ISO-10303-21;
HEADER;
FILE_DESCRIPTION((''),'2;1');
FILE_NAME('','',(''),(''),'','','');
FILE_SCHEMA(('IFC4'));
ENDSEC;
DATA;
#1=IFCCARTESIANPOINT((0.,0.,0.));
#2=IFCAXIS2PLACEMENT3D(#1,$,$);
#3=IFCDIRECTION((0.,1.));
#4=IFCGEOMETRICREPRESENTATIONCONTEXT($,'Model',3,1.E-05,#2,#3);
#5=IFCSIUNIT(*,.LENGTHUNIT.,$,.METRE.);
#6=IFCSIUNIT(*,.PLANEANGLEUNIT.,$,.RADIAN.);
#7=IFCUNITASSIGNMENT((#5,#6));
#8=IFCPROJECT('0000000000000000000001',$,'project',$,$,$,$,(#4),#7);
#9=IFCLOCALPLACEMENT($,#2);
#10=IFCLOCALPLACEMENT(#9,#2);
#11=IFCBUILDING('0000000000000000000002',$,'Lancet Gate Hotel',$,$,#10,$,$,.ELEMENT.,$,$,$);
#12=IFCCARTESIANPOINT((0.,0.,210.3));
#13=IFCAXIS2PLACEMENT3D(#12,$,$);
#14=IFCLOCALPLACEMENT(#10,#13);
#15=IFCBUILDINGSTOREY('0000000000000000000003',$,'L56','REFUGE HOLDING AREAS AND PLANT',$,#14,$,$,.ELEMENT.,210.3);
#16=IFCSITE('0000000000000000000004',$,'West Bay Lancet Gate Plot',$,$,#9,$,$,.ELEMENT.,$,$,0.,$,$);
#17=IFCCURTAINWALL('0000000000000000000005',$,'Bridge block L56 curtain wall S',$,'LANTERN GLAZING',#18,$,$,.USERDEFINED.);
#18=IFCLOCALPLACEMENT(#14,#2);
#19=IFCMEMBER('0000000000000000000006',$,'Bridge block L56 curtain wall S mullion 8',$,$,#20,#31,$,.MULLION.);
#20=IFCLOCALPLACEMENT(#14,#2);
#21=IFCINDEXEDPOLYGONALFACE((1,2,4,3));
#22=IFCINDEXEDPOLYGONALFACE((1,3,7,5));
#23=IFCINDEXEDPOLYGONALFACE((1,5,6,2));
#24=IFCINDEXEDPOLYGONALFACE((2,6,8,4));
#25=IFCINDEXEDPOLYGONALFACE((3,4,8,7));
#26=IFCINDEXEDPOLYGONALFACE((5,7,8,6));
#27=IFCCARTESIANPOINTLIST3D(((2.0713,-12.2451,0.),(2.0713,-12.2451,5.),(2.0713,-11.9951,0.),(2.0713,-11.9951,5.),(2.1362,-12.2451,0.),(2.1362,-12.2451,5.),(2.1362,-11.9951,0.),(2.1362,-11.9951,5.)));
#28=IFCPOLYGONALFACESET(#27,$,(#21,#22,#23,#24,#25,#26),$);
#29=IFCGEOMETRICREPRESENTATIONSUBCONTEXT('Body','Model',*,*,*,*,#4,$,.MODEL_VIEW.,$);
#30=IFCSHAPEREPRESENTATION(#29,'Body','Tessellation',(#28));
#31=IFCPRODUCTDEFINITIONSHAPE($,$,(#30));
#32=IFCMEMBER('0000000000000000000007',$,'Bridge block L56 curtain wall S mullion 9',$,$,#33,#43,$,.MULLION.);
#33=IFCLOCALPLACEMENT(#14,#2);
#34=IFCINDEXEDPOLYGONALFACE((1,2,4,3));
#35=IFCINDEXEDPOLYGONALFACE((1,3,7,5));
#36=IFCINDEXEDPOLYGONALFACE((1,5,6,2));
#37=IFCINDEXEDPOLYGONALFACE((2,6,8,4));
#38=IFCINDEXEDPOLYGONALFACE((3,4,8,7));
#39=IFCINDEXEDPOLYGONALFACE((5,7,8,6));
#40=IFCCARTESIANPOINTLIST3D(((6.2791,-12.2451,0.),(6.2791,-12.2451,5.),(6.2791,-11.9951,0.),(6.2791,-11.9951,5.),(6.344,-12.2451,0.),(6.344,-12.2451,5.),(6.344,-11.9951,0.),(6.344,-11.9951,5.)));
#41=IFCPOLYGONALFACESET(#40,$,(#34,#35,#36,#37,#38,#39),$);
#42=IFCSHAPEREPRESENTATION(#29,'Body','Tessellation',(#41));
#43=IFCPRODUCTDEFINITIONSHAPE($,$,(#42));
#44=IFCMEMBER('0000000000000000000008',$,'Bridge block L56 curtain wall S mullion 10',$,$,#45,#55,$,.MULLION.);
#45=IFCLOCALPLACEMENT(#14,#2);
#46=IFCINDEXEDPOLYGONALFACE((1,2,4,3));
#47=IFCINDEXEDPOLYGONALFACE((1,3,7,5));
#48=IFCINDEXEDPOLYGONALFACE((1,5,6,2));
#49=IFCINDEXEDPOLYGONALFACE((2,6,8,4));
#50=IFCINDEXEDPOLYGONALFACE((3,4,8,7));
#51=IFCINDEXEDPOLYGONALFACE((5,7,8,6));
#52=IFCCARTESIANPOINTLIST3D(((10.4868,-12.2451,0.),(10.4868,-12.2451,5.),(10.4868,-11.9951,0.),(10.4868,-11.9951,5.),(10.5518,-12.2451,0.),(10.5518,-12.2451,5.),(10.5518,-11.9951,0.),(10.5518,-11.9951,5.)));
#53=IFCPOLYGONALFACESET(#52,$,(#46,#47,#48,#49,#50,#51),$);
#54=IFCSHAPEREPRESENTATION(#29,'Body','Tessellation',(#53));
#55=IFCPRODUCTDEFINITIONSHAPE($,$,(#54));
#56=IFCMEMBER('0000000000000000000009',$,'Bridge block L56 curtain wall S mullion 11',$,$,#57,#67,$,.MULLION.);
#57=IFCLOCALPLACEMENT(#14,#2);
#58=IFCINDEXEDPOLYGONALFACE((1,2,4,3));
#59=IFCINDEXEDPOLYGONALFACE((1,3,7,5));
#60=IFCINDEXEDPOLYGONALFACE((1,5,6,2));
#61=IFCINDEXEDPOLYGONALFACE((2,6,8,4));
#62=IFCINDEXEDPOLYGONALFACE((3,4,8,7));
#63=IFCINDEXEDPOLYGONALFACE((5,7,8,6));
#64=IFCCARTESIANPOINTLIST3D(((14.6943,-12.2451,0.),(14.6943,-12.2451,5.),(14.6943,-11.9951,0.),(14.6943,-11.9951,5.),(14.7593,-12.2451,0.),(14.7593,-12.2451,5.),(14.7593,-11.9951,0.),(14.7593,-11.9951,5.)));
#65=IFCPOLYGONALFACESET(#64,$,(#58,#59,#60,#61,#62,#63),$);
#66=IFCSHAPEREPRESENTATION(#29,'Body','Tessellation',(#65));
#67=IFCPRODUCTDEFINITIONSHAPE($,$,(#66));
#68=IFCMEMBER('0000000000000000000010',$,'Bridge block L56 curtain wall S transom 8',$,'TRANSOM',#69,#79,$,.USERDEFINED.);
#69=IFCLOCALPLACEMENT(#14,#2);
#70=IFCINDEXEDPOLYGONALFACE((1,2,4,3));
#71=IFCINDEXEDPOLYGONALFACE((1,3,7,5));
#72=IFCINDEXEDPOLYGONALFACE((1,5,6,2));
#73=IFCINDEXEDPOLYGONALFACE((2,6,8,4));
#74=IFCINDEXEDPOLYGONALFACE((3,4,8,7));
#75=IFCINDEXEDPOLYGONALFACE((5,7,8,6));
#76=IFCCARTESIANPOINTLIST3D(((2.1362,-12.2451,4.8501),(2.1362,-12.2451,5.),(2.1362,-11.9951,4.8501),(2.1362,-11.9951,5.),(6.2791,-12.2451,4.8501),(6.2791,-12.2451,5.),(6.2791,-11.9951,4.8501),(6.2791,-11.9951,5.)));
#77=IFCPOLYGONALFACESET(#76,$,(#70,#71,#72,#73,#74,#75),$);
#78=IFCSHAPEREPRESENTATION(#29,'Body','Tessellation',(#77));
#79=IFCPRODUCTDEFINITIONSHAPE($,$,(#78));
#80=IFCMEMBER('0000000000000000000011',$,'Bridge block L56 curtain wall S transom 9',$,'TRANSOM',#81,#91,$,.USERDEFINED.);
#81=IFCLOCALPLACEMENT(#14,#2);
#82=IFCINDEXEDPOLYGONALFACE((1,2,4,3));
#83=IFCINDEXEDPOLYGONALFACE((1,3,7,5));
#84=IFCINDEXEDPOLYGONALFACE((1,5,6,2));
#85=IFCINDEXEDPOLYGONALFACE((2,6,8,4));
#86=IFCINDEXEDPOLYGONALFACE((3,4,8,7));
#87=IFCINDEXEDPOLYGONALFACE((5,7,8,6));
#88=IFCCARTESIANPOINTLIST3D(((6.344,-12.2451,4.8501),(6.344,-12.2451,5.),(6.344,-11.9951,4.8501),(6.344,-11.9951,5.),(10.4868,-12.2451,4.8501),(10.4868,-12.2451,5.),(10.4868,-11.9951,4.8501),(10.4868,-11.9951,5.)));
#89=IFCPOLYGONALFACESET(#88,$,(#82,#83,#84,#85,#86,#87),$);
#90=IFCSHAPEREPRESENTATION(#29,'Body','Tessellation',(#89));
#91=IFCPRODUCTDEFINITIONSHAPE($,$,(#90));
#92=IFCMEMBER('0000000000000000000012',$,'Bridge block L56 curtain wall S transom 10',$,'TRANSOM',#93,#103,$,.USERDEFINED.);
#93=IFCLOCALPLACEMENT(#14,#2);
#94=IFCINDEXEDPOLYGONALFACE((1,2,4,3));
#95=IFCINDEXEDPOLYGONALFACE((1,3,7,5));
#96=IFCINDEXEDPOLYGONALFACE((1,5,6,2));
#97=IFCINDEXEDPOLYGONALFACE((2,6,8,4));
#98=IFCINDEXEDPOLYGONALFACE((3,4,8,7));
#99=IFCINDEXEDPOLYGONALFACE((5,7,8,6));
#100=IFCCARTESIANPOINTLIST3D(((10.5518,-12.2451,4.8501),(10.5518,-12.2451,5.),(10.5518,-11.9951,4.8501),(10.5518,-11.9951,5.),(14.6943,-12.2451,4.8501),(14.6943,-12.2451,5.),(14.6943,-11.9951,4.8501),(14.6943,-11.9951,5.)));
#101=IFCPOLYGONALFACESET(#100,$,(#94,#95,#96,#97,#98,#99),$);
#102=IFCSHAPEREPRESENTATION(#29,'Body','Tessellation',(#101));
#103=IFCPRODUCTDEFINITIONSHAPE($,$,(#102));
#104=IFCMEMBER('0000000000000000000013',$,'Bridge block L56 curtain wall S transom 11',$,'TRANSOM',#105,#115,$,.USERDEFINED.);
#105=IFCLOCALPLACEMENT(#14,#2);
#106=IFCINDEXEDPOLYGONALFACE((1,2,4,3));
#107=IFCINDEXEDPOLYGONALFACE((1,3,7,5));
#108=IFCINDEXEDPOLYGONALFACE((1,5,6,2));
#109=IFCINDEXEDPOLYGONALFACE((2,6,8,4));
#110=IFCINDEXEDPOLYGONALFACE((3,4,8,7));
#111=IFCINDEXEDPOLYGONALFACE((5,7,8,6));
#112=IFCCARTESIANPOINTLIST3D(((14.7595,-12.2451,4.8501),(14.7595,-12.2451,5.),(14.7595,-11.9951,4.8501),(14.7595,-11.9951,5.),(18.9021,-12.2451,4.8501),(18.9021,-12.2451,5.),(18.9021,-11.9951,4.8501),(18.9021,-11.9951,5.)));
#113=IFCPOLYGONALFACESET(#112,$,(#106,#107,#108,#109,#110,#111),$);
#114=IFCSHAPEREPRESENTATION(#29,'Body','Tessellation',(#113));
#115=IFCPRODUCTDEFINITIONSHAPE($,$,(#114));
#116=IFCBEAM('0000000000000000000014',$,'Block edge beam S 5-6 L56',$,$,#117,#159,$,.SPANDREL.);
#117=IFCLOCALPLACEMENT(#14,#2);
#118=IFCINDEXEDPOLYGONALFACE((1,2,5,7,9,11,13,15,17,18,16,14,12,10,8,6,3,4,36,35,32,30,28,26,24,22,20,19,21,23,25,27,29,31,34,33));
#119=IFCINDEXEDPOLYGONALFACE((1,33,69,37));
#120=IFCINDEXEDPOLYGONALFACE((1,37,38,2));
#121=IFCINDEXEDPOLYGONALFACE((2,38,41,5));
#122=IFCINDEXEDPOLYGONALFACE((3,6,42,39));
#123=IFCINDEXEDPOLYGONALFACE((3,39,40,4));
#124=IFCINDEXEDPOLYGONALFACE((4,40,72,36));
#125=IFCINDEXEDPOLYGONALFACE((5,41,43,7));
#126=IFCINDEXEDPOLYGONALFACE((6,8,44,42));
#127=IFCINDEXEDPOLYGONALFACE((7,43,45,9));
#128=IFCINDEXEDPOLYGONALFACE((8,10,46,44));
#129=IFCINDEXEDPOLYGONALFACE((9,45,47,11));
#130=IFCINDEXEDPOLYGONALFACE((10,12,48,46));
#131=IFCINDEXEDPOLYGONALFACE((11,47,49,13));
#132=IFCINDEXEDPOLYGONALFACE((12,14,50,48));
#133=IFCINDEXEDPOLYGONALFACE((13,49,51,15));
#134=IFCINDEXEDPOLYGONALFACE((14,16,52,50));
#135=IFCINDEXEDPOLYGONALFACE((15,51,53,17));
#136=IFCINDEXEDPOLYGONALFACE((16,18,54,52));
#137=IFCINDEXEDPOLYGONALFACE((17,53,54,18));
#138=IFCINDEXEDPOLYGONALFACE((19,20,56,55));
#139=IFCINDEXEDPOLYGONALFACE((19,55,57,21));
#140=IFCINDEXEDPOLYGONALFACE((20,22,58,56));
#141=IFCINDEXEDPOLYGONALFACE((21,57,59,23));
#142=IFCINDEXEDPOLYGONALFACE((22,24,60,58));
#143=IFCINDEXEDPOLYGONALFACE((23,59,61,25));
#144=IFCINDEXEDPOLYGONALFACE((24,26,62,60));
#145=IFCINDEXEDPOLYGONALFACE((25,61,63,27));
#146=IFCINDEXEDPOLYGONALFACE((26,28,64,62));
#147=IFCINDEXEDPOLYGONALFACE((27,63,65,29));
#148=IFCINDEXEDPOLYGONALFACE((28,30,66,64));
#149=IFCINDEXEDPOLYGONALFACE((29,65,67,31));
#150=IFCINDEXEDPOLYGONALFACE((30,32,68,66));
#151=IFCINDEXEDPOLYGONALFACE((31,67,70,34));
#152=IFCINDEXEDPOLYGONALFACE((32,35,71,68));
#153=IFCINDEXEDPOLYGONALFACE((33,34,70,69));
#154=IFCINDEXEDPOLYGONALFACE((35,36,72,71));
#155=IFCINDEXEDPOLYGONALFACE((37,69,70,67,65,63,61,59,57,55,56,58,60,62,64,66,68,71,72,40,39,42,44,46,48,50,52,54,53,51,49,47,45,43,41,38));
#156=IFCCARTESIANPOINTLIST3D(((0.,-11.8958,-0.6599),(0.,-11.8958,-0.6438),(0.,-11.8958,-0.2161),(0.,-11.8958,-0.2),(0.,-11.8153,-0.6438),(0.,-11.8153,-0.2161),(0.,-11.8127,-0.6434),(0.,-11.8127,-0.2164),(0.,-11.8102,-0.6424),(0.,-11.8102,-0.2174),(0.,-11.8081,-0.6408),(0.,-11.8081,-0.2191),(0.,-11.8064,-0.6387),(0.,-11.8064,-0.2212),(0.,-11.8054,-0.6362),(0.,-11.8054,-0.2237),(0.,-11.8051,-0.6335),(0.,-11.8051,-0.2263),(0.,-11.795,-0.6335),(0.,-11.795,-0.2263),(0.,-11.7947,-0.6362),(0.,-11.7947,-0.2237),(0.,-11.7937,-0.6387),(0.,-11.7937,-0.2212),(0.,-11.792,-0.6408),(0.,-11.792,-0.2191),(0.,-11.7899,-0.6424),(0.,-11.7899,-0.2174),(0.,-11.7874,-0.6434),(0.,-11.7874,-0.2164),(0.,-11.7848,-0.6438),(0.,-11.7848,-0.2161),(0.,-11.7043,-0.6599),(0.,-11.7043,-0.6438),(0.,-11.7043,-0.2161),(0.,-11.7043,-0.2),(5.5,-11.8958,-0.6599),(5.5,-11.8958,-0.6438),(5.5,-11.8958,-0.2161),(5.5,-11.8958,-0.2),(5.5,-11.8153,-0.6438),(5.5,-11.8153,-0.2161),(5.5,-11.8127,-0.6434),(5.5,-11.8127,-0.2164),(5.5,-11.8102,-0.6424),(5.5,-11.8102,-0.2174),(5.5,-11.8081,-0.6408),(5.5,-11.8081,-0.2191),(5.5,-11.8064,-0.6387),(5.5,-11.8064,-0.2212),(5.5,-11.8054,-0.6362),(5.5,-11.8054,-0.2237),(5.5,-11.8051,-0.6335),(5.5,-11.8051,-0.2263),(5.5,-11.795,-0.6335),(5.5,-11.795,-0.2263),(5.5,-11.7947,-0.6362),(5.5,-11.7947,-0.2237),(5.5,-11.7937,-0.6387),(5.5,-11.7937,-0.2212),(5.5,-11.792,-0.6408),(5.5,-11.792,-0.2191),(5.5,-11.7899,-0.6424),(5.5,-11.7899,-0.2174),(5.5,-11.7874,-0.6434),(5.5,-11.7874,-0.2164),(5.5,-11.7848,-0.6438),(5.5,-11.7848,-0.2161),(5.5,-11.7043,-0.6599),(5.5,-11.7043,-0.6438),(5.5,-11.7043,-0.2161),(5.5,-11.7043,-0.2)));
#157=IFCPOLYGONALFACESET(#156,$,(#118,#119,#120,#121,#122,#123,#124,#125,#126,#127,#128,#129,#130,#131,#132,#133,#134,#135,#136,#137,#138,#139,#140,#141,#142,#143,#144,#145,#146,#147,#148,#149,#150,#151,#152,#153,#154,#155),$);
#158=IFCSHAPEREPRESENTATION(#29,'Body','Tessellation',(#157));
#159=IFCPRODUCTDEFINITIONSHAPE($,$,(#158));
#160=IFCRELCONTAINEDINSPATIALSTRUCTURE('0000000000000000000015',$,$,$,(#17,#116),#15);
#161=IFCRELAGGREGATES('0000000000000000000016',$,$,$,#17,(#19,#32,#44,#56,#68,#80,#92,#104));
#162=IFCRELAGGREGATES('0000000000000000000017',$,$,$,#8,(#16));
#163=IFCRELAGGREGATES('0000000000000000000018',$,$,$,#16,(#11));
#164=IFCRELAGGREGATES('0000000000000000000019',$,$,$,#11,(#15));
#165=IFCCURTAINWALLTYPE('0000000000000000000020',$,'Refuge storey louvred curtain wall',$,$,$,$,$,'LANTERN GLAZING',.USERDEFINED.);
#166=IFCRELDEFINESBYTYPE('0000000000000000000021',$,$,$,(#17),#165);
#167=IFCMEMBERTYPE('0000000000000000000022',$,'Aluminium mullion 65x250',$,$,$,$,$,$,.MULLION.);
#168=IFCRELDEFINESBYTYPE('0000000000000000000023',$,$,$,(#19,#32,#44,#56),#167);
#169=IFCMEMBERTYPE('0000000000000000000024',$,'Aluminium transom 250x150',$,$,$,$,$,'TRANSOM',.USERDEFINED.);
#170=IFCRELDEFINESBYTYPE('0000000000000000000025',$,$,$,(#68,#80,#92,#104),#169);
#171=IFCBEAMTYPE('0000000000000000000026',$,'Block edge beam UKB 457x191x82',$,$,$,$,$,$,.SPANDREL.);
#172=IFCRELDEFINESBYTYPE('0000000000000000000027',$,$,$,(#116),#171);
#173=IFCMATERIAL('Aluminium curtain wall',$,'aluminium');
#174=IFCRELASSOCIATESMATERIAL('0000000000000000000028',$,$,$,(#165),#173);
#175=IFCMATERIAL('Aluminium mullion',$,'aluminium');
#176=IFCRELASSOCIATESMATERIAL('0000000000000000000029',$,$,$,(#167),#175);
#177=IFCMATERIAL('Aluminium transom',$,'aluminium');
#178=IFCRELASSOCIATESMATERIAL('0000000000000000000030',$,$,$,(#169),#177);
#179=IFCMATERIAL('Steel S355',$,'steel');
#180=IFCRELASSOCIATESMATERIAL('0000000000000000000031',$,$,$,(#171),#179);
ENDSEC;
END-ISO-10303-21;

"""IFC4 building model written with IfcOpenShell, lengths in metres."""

from ifc_helpers import new_model, si_unit, direction, frame, origin, origin_2d, place, context, subcontext, project, spatial, rectangle, i_section, extrude, material, material_profile, profile_set, type_object, element, aggregate, save


model = new_model("IFC4")

# Units and contexts
model_context = context("Model", 3, precision=1e-05, world=origin(), true_north=direction((0.0, 1.0)))
body_context = subcontext(model_context, "Body", "Model", "MODEL_VIEW")
ifc_project = project(units=[si_unit("LENGTHUNIT", "METRE"), si_unit("PLANEANGLEUNIT", "RADIAN")], contexts=[model_context])

# Site, building, storey
site_placement = place(None, origin())
site = spatial("IfcSite", under=ifc_project, at=site_placement, Name="West Bay Lancet Gate Plot", CompositionType="ELEMENT", RefElevation=0.0)
building_placement = place(site_placement, origin())
building = spatial("IfcBuilding", under=site, at=building_placement, Name="Lancet Gate Hotel", CompositionType="ELEMENT")
storey_placement = place(building_placement, frame((0.0, 0.0, 210.3)))
storey = spatial("IfcBuildingStorey", under=building, at=storey_placement, Name="L56", Description="REFUGE HOLDING AREAS AND PLANT", CompositionType="ELEMENT", Elevation=210.3)

# Curtain wall, members
ifc_material_1 = material(Name="Aluminium curtain wall", Category="aluminium")
curtain_wall_type = type_object("IfcCurtainWallType", Name="Refuge storey louvred curtain wall", ElementType="LANTERN GLAZING", PredefinedType="USERDEFINED", material=ifc_material_1)
curtain_wall_placement = place(storey_placement, origin())
curtain_wall = element("IfcCurtainWall", 1, at=curtain_wall_placement, inside=storey, type_object=curtain_wall_type, Name="Bridge block L56 curtain wall S", ObjectType="LANTERN GLAZING", PredefinedType="USERDEFINED")
ifc_material_2 = material(Name="Aluminium mullion", Category="aluminium")
ifc_material_profile_1 = material_profile(ifc_material_2, rectangle(XDim=0.0649, YDim=0.25, at=origin_2d()), Name="MULLION 65x250")
ifc_profile_set_1 = profile_set([ifc_material_profile_1], Name="Aluminium mullion")
member_type_1 = type_object("IfcMemberType", Name="Aluminium mullion 65x250", PredefinedType="MULLION", material=ifc_profile_set_1)
member_1_placement = place(storey_placement, frame((2.1038, -12.1201, 0.0), z_axis=(0.0, 0.0, 1.0), x_axis=(1.0, 0.0, 0.0)))
member_1 = element("IfcMember", 2, at=member_1_placement, type_object=member_type_1, Name="Bridge block L56 curtain wall S mullion 8", PredefinedType="MULLION", context=body_context, shape_type="SweptSolid", body=[
    extrude(rectangle(XDim=0.0649, YDim=0.25, at=origin_2d()), origin(), (0.0, 0.0, 1.0), 5.0),
])
member_2_placement = place(storey_placement, frame((6.3115, -12.1201, 0.0), z_axis=(0.0, 0.0, 1.0), x_axis=(1.0, 0.0, 0.0)))
member_2 = element("IfcMember", 3, at=member_2_placement, type_object=member_type_1, Name="Bridge block L56 curtain wall S mullion 9", PredefinedType="MULLION", context=body_context, shape_type="SweptSolid", body=[
    extrude(rectangle(XDim=0.0649, YDim=0.25, at=origin_2d()), origin(), (0.0, 0.0, 1.0), 5.0),
])
member_3_placement = place(storey_placement, frame((10.5193, -12.1201, 0.0), z_axis=(0.0, 0.0, 1.0), x_axis=(1.0, 0.0, 0.0)))
member_3 = element("IfcMember", 4, at=member_3_placement, type_object=member_type_1, Name="Bridge block L56 curtain wall S mullion 10", PredefinedType="MULLION", context=body_context, shape_type="SweptSolid", body=[
    extrude(rectangle(XDim=0.0649, YDim=0.25, at=origin_2d()), origin(), (0.0, 0.0, 1.0), 5.0),
])
member_4_placement = place(storey_placement, frame((14.7268, -12.1201, 0.0), z_axis=(0.0, 0.0, 1.0), x_axis=(1.0, 0.0, 0.0)))
member_4 = element("IfcMember", 5, at=member_4_placement, type_object=member_type_1, Name="Bridge block L56 curtain wall S mullion 11", PredefinedType="MULLION", context=body_context, shape_type="SweptSolid", body=[
    extrude(rectangle(XDim=0.0649, YDim=0.25, at=origin_2d()), origin(), (0.0, 0.0, 1.0), 5.0),
])
ifc_material_3 = material(Name="Aluminium transom", Category="aluminium")
ifc_material_profile_2 = material_profile(ifc_material_3, rectangle(XDim=0.25, YDim=0.1499, at=origin_2d()), Name="TRANSOM 250x150")
ifc_profile_set_2 = profile_set([ifc_material_profile_2], Name="Aluminium transom")
member_type_2 = type_object("IfcMemberType", Name="Aluminium transom 250x150", ElementType="TRANSOM", PredefinedType="USERDEFINED", material=ifc_profile_set_2)
member_5_placement = place(storey_placement, frame((2.1362, -12.1201, 4.925), z_axis=(1.0, 0.0, 0.0), x_axis=(0.0, 1.0, 0.0)))
member_5 = element("IfcMember", 6, at=member_5_placement, type_object=member_type_2, Name="Bridge block L56 curtain wall S transom 8", ObjectType="TRANSOM", PredefinedType="USERDEFINED", context=body_context, shape_type="SweptSolid", body=[
    extrude(rectangle(XDim=0.25, YDim=0.1499, at=origin_2d()), origin(), (0.0, 0.0, 1.0), 4.1428),
])
member_6_placement = place(storey_placement, frame((6.344, -12.1201, 4.925), z_axis=(1.0, 0.0, 0.0), x_axis=(0.0, 1.0, 0.0)))
member_6 = element("IfcMember", 7, at=member_6_placement, type_object=member_type_2, Name="Bridge block L56 curtain wall S transom 9", ObjectType="TRANSOM", PredefinedType="USERDEFINED", context=body_context, shape_type="SweptSolid", body=[
    extrude(rectangle(XDim=0.25, YDim=0.1499, at=origin_2d()), origin(), (0.0, 0.0, 1.0), 4.1428),
])
member_7_placement = place(storey_placement, frame((10.5518, -12.1201, 4.925), z_axis=(1.0, 0.0, 0.0), x_axis=(0.0, 1.0, 0.0)))
member_7 = element("IfcMember", 8, at=member_7_placement, type_object=member_type_2, Name="Bridge block L56 curtain wall S transom 10", ObjectType="TRANSOM", PredefinedType="USERDEFINED", context=body_context, shape_type="SweptSolid", body=[
    extrude(rectangle(XDim=0.25, YDim=0.1499, at=origin_2d()), origin(), (0.0, 0.0, 1.0), 4.1426),
])
member_8_placement = place(storey_placement, frame((14.7595, -12.1201, 4.925), z_axis=(1.0, 0.0, 0.0), x_axis=(0.0, 1.0, 0.0)))
member_8 = element("IfcMember", 9, at=member_8_placement, type_object=member_type_2, Name="Bridge block L56 curtain wall S transom 11", ObjectType="TRANSOM", PredefinedType="USERDEFINED", context=body_context, shape_type="SweptSolid", body=[
    extrude(rectangle(XDim=0.25, YDim=0.1499, at=origin_2d()), origin(), (0.0, 0.0, 1.0), 4.1426),
])

# Beam
ifc_material_4 = material(Name="Steel S355", Category="steel")
ifc_material_profile_3 = material_profile(ifc_material_4, i_section(OverallWidth=0.1914, OverallDepth=0.46, WebThickness=0.01, FlangeThickness=0.0161, FilletRadius=0.0103, at=origin_2d()), Name="UKB 457x191x82")
ifc_profile_set_3 = profile_set([ifc_material_profile_3], Name="Steel S355")
beam_type_1 = type_object("IfcBeamType", Name="Block edge beam UKB 457x191x82", PredefinedType="SPANDREL", material=ifc_profile_set_3)
for number, where, z_axis, x_axis, name in (
    (10, (0.0, -11.8, -0.4299), (1.0, 0.0, 0.0), (0.0, 1.0, 0.0), "Block edge beam S 5-6 L56"),
):
    element("IfcBeam", number, at=place(storey_placement, frame(where, z_axis=z_axis, x_axis=x_axis)), inside=storey, type_object=beam_type_1, Name=name, PredefinedType="SPANDREL", context=body_context, shape_type="SweptSolid", body=[
        extrude(i_section(OverallWidth=0.1914, OverallDepth=0.46, WebThickness=0.01, FlangeThickness=0.0161, FilletRadius=0.0103, at=origin_2d()), origin(), (0.0, 0.0, 1.0), 5.5),
    ])

aggregate(curtain_wall, [member_1, member_2, member_3, member_4, member_5, member_6, member_7, member_8])

save(model, "model.ifc")
